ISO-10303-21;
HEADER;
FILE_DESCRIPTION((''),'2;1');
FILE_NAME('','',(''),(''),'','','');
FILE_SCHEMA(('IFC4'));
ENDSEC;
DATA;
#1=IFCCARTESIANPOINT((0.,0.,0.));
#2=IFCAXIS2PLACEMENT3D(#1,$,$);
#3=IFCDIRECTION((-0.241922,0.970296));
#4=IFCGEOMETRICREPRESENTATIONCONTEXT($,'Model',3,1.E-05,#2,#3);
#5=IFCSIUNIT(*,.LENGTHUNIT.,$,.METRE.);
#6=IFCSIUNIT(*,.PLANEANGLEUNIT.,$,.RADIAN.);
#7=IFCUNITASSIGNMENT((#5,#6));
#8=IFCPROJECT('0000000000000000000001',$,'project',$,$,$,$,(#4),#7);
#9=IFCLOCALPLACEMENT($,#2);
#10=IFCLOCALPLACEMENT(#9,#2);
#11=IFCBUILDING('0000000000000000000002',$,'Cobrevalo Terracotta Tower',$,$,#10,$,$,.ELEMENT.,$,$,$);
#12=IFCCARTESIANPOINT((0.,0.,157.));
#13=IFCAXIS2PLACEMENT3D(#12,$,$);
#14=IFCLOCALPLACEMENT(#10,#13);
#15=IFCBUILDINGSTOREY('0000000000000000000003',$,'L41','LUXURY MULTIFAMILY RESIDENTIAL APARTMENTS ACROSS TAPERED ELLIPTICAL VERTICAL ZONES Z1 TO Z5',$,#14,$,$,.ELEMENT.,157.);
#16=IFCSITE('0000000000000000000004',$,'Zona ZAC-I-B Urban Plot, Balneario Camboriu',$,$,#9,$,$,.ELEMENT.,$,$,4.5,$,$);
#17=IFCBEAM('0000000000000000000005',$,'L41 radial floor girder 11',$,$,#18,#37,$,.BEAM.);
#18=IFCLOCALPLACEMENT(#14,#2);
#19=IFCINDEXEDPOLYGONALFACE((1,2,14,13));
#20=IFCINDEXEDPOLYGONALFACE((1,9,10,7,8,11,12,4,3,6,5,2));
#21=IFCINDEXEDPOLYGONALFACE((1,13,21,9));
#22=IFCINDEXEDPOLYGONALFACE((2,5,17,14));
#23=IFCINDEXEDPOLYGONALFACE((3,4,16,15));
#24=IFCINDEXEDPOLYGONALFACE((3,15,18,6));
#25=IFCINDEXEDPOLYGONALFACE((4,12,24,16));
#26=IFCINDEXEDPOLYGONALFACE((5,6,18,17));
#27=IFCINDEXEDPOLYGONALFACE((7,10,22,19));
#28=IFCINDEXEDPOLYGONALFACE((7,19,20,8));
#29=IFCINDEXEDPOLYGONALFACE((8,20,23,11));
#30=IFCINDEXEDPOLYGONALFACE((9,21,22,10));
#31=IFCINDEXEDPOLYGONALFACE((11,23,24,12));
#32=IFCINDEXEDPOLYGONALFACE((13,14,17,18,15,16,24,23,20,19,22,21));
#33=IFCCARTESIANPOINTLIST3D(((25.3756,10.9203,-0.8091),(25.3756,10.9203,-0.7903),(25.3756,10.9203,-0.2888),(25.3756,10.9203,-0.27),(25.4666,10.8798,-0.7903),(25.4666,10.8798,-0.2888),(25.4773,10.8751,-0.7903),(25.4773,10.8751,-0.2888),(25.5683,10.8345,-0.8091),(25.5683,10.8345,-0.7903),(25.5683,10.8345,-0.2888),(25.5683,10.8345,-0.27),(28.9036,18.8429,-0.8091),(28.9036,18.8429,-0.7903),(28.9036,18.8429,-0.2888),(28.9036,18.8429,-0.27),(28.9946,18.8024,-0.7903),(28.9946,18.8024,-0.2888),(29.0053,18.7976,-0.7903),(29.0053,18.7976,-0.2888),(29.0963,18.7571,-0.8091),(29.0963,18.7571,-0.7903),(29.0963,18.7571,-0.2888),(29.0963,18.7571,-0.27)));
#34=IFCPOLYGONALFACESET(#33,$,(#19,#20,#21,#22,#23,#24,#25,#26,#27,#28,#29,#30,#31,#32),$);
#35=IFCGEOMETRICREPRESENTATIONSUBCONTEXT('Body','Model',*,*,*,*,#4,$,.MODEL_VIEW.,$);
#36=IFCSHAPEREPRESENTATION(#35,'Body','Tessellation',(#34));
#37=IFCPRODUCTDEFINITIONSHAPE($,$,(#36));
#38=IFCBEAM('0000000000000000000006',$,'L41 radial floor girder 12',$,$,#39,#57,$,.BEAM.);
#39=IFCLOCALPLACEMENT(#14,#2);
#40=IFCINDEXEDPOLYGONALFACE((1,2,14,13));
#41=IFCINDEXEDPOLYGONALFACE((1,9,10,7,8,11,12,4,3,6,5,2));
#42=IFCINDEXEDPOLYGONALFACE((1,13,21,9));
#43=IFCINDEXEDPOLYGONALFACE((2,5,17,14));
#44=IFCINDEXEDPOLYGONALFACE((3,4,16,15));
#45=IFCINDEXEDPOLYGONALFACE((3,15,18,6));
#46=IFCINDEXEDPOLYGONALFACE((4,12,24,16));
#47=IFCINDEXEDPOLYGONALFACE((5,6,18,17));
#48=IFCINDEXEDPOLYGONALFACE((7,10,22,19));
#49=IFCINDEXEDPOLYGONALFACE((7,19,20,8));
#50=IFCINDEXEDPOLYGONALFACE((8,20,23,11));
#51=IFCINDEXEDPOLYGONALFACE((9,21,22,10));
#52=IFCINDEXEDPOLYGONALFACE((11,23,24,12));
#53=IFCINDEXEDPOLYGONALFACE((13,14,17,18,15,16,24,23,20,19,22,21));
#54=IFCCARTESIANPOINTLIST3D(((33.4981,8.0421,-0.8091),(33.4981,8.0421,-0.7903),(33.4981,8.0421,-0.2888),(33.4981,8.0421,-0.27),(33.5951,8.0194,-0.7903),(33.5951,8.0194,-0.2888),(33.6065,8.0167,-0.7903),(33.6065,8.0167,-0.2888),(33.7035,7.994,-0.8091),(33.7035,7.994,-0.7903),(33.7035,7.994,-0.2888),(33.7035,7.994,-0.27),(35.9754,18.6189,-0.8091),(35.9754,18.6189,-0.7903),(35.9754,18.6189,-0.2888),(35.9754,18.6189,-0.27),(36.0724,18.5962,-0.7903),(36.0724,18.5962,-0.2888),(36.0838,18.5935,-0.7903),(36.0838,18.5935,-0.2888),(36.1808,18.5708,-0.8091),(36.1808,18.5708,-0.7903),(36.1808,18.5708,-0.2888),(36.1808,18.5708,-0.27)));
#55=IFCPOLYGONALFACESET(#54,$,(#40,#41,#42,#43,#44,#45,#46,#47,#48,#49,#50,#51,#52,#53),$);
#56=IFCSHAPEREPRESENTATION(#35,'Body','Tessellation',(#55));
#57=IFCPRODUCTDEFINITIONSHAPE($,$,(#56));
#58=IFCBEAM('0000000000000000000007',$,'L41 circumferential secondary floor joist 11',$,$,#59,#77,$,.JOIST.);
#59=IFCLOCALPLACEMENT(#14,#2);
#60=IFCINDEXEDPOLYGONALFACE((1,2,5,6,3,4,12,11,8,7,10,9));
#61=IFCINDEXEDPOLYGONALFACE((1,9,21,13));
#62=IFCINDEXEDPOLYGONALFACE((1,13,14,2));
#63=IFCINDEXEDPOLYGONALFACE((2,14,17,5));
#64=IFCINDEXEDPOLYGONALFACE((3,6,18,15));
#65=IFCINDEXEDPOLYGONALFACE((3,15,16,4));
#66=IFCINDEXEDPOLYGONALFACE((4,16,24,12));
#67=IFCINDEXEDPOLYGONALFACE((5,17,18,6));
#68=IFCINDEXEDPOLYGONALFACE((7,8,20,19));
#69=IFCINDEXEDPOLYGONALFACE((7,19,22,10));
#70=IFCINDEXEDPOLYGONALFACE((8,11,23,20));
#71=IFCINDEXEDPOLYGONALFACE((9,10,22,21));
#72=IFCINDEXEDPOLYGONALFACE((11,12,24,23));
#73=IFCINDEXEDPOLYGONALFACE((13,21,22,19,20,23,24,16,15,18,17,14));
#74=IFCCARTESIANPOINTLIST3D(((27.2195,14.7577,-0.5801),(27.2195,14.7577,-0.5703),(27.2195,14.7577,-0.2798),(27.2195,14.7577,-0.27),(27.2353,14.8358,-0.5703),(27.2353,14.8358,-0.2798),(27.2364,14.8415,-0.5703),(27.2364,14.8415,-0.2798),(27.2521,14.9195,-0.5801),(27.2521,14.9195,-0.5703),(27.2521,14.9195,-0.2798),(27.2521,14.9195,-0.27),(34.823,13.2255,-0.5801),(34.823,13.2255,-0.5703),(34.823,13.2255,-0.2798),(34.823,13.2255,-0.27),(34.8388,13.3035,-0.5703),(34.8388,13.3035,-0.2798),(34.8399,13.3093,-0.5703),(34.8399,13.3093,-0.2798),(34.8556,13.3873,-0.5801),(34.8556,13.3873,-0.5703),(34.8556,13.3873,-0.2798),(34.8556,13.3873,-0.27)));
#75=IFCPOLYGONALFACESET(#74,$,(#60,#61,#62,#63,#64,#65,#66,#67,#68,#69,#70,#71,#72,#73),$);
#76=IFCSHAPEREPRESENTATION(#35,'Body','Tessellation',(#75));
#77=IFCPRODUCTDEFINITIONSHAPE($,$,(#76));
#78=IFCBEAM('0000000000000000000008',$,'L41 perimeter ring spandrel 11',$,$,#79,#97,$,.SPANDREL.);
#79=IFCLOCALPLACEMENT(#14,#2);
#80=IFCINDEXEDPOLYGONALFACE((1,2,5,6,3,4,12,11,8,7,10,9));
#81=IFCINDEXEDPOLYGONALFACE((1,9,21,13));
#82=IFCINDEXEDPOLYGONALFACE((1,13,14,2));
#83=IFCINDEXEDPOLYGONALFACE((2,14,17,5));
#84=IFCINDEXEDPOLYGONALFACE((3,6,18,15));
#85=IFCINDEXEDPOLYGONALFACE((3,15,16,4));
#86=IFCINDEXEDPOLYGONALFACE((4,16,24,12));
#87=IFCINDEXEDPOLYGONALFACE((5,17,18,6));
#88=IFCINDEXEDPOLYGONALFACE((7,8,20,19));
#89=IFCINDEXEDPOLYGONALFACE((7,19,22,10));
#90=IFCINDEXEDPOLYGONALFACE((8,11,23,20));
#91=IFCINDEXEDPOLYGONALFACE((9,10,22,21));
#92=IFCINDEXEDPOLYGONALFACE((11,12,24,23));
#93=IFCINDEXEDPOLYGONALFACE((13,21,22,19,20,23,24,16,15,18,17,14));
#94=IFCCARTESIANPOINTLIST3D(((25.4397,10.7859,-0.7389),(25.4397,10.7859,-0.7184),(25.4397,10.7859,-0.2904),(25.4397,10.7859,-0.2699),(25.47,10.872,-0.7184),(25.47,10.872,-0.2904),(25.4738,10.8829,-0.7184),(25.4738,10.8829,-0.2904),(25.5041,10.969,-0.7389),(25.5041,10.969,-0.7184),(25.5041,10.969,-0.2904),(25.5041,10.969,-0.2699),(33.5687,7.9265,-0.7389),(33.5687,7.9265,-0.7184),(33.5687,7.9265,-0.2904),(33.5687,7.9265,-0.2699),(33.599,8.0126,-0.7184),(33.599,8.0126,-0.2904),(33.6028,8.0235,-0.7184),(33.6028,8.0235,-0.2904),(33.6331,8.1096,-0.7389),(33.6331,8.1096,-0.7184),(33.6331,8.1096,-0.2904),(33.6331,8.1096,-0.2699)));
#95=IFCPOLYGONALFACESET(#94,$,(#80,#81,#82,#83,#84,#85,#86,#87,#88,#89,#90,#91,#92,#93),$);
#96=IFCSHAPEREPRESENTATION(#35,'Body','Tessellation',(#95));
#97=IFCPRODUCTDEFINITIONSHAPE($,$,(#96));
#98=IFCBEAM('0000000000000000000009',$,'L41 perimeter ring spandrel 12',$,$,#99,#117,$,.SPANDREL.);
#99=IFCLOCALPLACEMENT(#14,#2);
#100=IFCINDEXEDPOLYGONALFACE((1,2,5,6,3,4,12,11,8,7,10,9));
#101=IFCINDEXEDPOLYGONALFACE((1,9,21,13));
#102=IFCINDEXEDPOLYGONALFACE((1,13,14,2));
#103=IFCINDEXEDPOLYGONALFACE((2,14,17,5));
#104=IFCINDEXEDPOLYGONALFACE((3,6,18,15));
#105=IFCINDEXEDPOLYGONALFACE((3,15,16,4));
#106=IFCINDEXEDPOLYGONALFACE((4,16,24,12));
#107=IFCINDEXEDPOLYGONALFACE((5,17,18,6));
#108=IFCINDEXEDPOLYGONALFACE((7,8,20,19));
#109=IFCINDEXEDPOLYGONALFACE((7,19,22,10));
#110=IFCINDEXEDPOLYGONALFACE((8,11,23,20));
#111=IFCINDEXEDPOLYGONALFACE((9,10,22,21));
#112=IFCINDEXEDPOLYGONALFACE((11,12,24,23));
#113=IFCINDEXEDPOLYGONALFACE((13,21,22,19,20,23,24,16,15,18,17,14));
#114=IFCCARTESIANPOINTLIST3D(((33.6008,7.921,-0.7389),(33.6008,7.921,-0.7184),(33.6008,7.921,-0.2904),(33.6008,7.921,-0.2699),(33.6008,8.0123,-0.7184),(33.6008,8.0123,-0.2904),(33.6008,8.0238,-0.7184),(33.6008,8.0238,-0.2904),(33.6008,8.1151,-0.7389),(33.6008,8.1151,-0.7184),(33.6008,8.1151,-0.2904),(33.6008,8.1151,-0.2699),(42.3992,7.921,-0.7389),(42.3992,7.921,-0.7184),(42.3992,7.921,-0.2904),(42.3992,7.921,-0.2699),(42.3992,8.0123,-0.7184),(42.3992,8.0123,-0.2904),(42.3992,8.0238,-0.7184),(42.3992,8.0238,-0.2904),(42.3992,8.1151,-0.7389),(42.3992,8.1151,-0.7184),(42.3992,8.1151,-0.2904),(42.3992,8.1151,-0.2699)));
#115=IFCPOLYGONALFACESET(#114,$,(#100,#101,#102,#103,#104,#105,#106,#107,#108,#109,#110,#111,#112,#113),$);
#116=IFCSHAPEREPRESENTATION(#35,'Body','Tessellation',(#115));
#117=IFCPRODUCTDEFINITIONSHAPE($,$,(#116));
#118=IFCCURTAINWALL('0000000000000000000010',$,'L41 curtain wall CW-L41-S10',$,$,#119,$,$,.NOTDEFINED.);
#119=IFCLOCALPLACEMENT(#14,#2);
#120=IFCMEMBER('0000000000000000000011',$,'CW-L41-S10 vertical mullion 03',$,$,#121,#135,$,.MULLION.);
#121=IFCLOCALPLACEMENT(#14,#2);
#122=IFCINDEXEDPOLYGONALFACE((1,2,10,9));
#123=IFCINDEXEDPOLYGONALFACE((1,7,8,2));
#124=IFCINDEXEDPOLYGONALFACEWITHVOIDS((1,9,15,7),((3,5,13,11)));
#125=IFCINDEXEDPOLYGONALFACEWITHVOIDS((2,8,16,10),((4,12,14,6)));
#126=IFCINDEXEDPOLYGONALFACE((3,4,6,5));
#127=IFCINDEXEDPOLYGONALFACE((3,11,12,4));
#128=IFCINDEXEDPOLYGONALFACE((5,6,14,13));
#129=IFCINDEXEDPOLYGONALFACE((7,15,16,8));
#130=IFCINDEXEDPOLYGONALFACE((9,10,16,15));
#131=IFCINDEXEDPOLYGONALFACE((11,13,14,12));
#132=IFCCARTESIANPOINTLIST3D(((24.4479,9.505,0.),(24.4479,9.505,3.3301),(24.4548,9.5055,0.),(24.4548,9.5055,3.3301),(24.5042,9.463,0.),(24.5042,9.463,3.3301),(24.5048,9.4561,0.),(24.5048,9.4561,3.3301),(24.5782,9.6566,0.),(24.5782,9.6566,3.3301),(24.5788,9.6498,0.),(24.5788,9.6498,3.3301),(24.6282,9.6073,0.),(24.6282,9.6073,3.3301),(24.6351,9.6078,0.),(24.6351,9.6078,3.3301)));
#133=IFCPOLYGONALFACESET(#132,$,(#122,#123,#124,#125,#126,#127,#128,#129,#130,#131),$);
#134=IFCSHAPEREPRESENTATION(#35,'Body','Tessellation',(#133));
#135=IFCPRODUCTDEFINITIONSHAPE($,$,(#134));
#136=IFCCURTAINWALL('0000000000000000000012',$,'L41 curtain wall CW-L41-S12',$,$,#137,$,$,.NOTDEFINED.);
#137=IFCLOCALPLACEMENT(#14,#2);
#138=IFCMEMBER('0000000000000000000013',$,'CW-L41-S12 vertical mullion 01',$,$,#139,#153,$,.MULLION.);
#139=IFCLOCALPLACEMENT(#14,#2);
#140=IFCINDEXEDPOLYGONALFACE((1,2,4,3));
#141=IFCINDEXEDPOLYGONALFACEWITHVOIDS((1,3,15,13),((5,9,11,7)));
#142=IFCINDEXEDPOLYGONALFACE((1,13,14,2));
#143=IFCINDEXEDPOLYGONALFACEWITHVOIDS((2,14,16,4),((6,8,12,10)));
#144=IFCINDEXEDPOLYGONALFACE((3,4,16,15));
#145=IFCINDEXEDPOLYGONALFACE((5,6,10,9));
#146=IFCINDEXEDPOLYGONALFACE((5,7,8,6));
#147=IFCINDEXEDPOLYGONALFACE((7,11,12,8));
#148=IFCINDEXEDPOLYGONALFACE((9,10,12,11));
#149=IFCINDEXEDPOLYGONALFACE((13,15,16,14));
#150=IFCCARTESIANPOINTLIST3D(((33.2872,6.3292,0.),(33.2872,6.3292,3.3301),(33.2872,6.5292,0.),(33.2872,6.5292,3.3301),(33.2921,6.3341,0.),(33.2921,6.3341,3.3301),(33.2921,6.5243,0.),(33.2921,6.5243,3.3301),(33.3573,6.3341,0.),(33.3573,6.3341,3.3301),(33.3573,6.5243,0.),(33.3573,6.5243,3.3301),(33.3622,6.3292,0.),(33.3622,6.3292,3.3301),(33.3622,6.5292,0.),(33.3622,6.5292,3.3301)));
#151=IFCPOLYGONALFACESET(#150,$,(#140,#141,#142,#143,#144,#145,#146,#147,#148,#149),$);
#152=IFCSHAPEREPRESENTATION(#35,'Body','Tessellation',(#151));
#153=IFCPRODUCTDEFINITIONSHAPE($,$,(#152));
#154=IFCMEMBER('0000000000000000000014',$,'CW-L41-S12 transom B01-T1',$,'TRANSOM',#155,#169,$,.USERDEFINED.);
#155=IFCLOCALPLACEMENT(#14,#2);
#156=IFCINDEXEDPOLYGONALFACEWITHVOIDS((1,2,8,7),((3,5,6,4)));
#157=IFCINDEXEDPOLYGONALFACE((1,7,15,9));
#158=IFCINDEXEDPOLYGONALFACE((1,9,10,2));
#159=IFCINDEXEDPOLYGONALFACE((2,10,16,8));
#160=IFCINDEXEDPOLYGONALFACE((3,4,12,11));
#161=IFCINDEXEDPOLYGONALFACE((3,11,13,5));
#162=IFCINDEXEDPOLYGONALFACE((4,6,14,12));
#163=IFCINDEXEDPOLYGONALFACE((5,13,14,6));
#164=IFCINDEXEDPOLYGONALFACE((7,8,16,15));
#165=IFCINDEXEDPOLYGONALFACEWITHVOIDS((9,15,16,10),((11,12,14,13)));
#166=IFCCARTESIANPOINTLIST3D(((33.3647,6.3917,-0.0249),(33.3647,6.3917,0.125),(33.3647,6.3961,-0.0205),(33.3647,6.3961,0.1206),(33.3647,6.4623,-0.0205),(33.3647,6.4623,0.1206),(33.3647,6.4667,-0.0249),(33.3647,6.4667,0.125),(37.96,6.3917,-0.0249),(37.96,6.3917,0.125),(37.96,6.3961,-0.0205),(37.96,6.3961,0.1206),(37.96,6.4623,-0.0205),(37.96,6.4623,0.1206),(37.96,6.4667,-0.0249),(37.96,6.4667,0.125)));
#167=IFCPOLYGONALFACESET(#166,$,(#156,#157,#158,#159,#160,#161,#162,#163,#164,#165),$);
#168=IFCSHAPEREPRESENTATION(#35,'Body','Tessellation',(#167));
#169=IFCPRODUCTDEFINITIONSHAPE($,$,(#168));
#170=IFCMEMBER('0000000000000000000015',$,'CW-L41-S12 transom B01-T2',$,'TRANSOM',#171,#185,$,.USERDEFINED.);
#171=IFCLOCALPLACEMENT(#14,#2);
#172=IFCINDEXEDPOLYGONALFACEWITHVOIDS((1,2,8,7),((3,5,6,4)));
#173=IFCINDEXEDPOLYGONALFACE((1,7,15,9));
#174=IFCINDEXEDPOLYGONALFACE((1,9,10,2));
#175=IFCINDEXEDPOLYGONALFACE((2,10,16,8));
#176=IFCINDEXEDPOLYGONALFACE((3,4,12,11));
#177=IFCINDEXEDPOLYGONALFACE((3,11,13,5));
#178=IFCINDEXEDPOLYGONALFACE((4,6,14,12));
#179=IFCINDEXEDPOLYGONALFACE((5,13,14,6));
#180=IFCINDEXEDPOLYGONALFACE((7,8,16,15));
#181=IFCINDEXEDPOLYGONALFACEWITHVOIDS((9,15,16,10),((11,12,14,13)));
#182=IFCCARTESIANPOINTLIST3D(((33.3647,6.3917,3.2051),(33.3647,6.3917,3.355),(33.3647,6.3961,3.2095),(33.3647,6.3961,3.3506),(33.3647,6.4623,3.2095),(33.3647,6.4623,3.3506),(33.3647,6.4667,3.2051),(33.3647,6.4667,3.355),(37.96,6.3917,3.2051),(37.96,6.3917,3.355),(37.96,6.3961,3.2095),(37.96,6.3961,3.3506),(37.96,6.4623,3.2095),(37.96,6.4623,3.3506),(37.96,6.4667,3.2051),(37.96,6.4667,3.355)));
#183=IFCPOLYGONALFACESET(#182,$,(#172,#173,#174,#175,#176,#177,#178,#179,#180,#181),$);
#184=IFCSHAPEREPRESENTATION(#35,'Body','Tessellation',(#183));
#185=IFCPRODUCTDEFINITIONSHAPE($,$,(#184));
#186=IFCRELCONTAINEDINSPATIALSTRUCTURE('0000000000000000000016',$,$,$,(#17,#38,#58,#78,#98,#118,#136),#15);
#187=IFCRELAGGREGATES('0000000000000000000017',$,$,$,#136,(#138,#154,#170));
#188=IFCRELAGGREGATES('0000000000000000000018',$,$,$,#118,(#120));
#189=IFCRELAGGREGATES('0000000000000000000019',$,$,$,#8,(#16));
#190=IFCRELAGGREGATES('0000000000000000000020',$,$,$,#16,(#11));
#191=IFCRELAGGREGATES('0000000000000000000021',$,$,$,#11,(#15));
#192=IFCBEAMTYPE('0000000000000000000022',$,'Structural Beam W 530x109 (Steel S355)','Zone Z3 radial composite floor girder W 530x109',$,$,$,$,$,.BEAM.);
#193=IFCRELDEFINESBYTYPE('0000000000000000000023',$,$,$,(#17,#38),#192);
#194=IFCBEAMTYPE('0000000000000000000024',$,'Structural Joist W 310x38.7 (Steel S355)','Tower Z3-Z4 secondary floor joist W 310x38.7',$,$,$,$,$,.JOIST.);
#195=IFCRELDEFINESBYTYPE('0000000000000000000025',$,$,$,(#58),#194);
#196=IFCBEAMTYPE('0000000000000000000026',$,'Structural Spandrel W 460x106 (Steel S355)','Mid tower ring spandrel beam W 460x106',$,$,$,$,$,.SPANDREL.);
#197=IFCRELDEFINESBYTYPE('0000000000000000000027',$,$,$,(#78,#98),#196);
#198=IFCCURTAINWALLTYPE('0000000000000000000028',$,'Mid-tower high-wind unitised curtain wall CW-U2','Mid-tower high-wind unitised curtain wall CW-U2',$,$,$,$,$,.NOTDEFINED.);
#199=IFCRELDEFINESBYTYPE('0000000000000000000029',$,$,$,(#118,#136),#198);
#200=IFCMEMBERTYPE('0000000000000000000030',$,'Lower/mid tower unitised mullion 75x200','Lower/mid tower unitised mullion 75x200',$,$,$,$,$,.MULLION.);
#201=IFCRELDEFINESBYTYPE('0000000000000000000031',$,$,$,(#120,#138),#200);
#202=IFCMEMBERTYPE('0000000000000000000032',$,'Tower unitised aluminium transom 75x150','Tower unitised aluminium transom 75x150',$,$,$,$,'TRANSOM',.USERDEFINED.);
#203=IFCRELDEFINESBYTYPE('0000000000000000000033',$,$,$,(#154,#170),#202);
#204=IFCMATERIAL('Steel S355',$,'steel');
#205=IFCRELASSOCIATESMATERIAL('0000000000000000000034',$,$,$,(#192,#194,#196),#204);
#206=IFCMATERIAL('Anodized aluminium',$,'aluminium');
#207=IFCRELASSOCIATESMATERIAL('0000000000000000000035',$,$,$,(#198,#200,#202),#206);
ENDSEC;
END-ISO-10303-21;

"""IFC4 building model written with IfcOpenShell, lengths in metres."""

from ifc_helpers import new_model, si_unit, direction, frame, origin, origin_2d, place, context, subcontext, project, spatial, hollow_rectangle, i_section, extrude, source, transform, mapped, material, material_profile, profile_set, type_object, element, aggregate, save


model = new_model("IFC4")

# Units and contexts
model_context = context("Model", 3, precision=1e-05, world=origin(), true_north=direction((-0.241922, 0.970296)))
body_context = subcontext(model_context, "Body", "Model", "MODEL_VIEW")
ifc_project = project(units=[si_unit("LENGTHUNIT", "METRE"), si_unit("PLANEANGLEUNIT", "RADIAN")], contexts=[model_context])

# Site, building, storey
site_placement = place(None, origin())
site = spatial("IfcSite", under=ifc_project, at=site_placement, Name="Zona ZAC-I-B Urban Plot, Balneario Camboriu", CompositionType="ELEMENT", RefElevation=4.5)
building_placement = place(site_placement, origin())
building = spatial("IfcBuilding", under=site, at=building_placement, Name="Cobrevalo Terracotta Tower", CompositionType="ELEMENT")
storey_placement = place(building_placement, frame((0.0, 0.0, 157.0)))
storey = spatial("IfcBuildingStorey", under=building, at=storey_placement, Name="L41", Description="LUXURY MULTIFAMILY RESIDENTIAL APARTMENTS ACROSS TAPERED ELLIPTICAL VERTICAL ZONES Z1 TO Z5", CompositionType="ELEMENT", Elevation=157.0)

# Shared definitions
ifc_material_1 = material(Name="Steel S355", Category="steel")

# Beams
ifc_material_profile_1 = material_profile(ifc_material_1, i_section(OverallWidth=0.2109, OverallDepth=0.5391, WebThickness=0.0117, FlangeThickness=0.0188, at=origin_2d()), Name="W 530x109")
ifc_profile_set_1 = profile_set([ifc_material_profile_1], Name="Steel S355")
beam_type_1 = type_object("IfcBeamType", Name="Structural Beam W 530x109 (Steel S355)", Description="Zone Z3 radial composite floor girder W 530x109", PredefinedType="BEAM", material=ifc_profile_set_1)
beam_1_placement = place(storey_placement, frame((25.4719, 10.8774, -0.5396), z_axis=(0.406804, 0.913515, 0.0), x_axis=(-0.913515, 0.406804, 0.0)))
element("IfcBeam", 1, at=beam_1_placement, inside=storey, type_object=beam_type_1, Name="L41 radial floor girder 11", PredefinedType="BEAM", context=body_context, shape_type="SweptSolid", body=[
    extrude(i_section(OverallWidth=0.2109, OverallDepth=0.5391, WebThickness=0.0117, FlangeThickness=0.0188, at=origin_2d()), origin(), (0.0, 0.0, 1.0), 8.6726),
])
beam_2_placement = place(storey_placement, frame((33.6008, 8.0181, -0.5396), z_axis=(0.228046, 0.97365, 0.0), x_axis=(-0.97365, 0.228046, 0.0)))
element("IfcBeam", 2, at=beam_2_placement, inside=storey, type_object=beam_type_1, Name="L41 radial floor girder 12", PredefinedType="BEAM", context=body_context, shape_type="SweptSolid", body=[
    extrude(i_section(OverallWidth=0.2109, OverallDepth=0.5391, WebThickness=0.0117, FlangeThickness=0.0188, at=origin_2d()), origin(), (0.0, 0.0, 1.0), 10.863),
])
ifc_material_profile_2 = material_profile(ifc_material_1, i_section(OverallWidth=0.165, OverallDepth=0.3101, WebThickness=0.0059, FlangeThickness=0.0098, at=origin_2d()), Name="W 310x38.7")
ifc_profile_set_2 = profile_set([ifc_material_profile_2], Name="Steel S355")
beam_type_2 = type_object("IfcBeamType", Name="Structural Joist W 310x38.7 (Steel S355)", Description="Tower Z3-Z4 secondary floor joist W 310x38.7", PredefinedType="JOIST", material=ifc_profile_set_2)
beam_3_placement = place(storey_placement, frame((27.2358, 14.8386, -0.425), z_axis=(0.980294, -0.197544, 0.0), x_axis=(0.197544, 0.980294, 0.0)))
element("IfcBeam", 3, at=beam_3_placement, inside=storey, type_object=beam_type_2, Name="L41 circumferential secondary floor joist 11", PredefinedType="JOIST", context=body_context, shape_type="SweptSolid", body=[
    extrude(i_section(OverallWidth=0.165, OverallDepth=0.3101, WebThickness=0.0059, FlangeThickness=0.0098, at=origin_2d()), origin(), (0.0, 0.0, 1.0), 7.7563),
])
ifc_material_profile_3 = material_profile(ifc_material_1, i_section(OverallWidth=0.1941, OverallDepth=0.469, WebThickness=0.0115, FlangeThickness=0.0205, at=origin_2d()), Name="W 460x106")
ifc_profile_set_3 = profile_set([ifc_material_profile_3], Name="Steel S355")
beam_type_3 = type_object("IfcBeamType", Name="Structural Spandrel W 460x106 (Steel S355)", Description="Mid tower ring spandrel beam W 460x106", PredefinedType="SPANDREL", material=ifc_profile_set_3)
beam_4_placement = place(storey_placement, frame((25.4719, 10.8774, -0.5044), z_axis=(0.943341, -0.331824, 0.0), x_axis=(0.331824, 0.943341, 0.0)))
element("IfcBeam", 4, at=beam_4_placement, inside=storey, type_object=beam_type_3, Name="L41 perimeter ring spandrel 11", PredefinedType="SPANDREL", context=body_context, shape_type="SweptSolid", body=[
    extrude(i_section(OverallWidth=0.1941, OverallDepth=0.469, WebThickness=0.0115, FlangeThickness=0.0205, at=origin_2d()), origin(), (0.0, 0.0, 1.0), 8.6172),
])
beam_5_placement = place(storey_placement, frame((33.6008, 8.0181, -0.5044), z_axis=(1.0, 0.0, 0.0), x_axis=(0.0, 1.0, 0.0)))
element("IfcBeam", 5, at=beam_5_placement, inside=storey, type_object=beam_type_3, Name="L41 perimeter ring spandrel 12", PredefinedType="SPANDREL", context=body_context, shape_type="SweptSolid", body=[
    extrude(i_section(OverallWidth=0.1941, OverallDepth=0.469, WebThickness=0.0115, FlangeThickness=0.0205, at=origin_2d()), origin(), (0.0, 0.0, 1.0), 8.7983),
])

# Curtain wall, member
ifc_material_2 = material(Name="Anodized aluminium", Category="aluminium")
curtain_wall_type = type_object("IfcCurtainWallType", Name="Mid-tower high-wind unitised curtain wall CW-U2", Description="Mid-tower high-wind unitised curtain wall CW-U2", PredefinedType="NOTDEFINED", material=ifc_material_2)
curtain_wall_1_placement = place(storey_placement, origin())
curtain_wall_1 = element("IfcCurtainWall", 6, at=curtain_wall_1_placement, inside=storey, type_object=curtain_wall_type, Name="L41 curtain wall CW-L41-S10", PredefinedType="NOTDEFINED")
ifc_material_profile_4 = material_profile(ifc_material_2, hollow_rectangle(XDim=0.075, YDim=0.2, WallThickness=0.0049, at=origin_2d()), Name="CWM 75x200")
ifc_profile_set_4 = profile_set([ifc_material_profile_4], Name="Anodized aluminium")
member_type_1 = type_object("IfcMemberType", Name="Lower/mid tower unitised mullion 75x200", Description="Lower/mid tower unitised mullion 75x200", PredefinedType="MULLION", material=ifc_profile_set_4)
shared_shape_1 = source(origin(), body_context, "Body", "SweptSolid", [
    extrude(hollow_rectangle(XDim=0.075, YDim=0.2, WallThickness=0.0049, at=origin_2d()), origin(), (0.0, 0.0, 1.0), 3.3301),
])
member_1_placement = place(storey_placement, frame((24.5415, 9.5564, 0.0), z_axis=(0.0, 0.0, 1.0), x_axis=(0.758442, -0.651741, 0.0)))
member_1 = element("IfcMember", 7, at=member_1_placement, type_object=member_type_1, Name="CW-L41-S10 vertical mullion 03", PredefinedType="MULLION", context=body_context, shape_type="MappedRepresentation", body=[
    mapped(shared_shape_1, transform((0.0, 0.0, 0.0), scale=1.0)),
])

# Curtain wall, members
curtain_wall_2_placement = place(storey_placement, origin())
curtain_wall_2 = element("IfcCurtainWall", 8, at=curtain_wall_2_placement, inside=storey, type_object=curtain_wall_type, Name="L41 curtain wall CW-L41-S12", PredefinedType="NOTDEFINED")
member_2_placement = place(storey_placement, frame((33.3247, 6.4292, 0.0), z_axis=(0.0, 0.0, 1.0), x_axis=(1.0, 0.0, 0.0)))
member_2 = element("IfcMember", 9, at=member_2_placement, type_object=member_type_1, Name="CW-L41-S12 vertical mullion 01", PredefinedType="MULLION", context=body_context, shape_type="MappedRepresentation", body=[
    mapped(shared_shape_1, transform((0.0, 0.0, 0.0), scale=1.0)),
])
ifc_material_profile_5 = material_profile(ifc_material_2, hollow_rectangle(XDim=0.075, YDim=0.1499, WallThickness=0.0044, at=origin_2d()), Name="CWT 75x150")
ifc_profile_set_5 = profile_set([ifc_material_profile_5], Name="Anodized aluminium")
member_type_2 = type_object("IfcMemberType", Name="Tower unitised aluminium transom 75x150", Description="Tower unitised aluminium transom 75x150", ElementType="TRANSOM", PredefinedType="USERDEFINED", material=ifc_profile_set_5)
shared_shape_2 = source(origin(), body_context, "Body", "SweptSolid", [
    extrude(hollow_rectangle(XDim=0.075, YDim=0.1499, WallThickness=0.0044, at=origin_2d()), origin(), (0.0, 0.0, 1.0), 4.5952),
])
member_3_placement = place(storey_placement, frame((33.3647, 6.4292, 0.05), z_axis=(1.0, 0.0, 0.0), x_axis=(0.0, 1.0, 0.0)))
member_3 = element("IfcMember", 10, at=member_3_placement, type_object=member_type_2, Name="CW-L41-S12 transom B01-T1", ObjectType="TRANSOM", PredefinedType="USERDEFINED", context=body_context, shape_type="MappedRepresentation", body=[
    mapped(shared_shape_2, transform((0.0, 0.0, 0.0), scale=1.0)),
])
member_4_placement = place(storey_placement, frame((33.3647, 6.4292, 3.28), z_axis=(1.0, 0.0, 0.0), x_axis=(0.0, 1.0, 0.0)))
member_4 = element("IfcMember", 11, at=member_4_placement, type_object=member_type_2, Name="CW-L41-S12 transom B01-T2", ObjectType="TRANSOM", PredefinedType="USERDEFINED", context=body_context, shape_type="MappedRepresentation", body=[
    mapped(shared_shape_2, transform((0.0, 0.0, 0.0), scale=1.0)),
])
aggregate(curtain_wall_2, [member_2, member_3, member_4])

aggregate(curtain_wall_1, [member_1])

save(model, "model.ifc")
